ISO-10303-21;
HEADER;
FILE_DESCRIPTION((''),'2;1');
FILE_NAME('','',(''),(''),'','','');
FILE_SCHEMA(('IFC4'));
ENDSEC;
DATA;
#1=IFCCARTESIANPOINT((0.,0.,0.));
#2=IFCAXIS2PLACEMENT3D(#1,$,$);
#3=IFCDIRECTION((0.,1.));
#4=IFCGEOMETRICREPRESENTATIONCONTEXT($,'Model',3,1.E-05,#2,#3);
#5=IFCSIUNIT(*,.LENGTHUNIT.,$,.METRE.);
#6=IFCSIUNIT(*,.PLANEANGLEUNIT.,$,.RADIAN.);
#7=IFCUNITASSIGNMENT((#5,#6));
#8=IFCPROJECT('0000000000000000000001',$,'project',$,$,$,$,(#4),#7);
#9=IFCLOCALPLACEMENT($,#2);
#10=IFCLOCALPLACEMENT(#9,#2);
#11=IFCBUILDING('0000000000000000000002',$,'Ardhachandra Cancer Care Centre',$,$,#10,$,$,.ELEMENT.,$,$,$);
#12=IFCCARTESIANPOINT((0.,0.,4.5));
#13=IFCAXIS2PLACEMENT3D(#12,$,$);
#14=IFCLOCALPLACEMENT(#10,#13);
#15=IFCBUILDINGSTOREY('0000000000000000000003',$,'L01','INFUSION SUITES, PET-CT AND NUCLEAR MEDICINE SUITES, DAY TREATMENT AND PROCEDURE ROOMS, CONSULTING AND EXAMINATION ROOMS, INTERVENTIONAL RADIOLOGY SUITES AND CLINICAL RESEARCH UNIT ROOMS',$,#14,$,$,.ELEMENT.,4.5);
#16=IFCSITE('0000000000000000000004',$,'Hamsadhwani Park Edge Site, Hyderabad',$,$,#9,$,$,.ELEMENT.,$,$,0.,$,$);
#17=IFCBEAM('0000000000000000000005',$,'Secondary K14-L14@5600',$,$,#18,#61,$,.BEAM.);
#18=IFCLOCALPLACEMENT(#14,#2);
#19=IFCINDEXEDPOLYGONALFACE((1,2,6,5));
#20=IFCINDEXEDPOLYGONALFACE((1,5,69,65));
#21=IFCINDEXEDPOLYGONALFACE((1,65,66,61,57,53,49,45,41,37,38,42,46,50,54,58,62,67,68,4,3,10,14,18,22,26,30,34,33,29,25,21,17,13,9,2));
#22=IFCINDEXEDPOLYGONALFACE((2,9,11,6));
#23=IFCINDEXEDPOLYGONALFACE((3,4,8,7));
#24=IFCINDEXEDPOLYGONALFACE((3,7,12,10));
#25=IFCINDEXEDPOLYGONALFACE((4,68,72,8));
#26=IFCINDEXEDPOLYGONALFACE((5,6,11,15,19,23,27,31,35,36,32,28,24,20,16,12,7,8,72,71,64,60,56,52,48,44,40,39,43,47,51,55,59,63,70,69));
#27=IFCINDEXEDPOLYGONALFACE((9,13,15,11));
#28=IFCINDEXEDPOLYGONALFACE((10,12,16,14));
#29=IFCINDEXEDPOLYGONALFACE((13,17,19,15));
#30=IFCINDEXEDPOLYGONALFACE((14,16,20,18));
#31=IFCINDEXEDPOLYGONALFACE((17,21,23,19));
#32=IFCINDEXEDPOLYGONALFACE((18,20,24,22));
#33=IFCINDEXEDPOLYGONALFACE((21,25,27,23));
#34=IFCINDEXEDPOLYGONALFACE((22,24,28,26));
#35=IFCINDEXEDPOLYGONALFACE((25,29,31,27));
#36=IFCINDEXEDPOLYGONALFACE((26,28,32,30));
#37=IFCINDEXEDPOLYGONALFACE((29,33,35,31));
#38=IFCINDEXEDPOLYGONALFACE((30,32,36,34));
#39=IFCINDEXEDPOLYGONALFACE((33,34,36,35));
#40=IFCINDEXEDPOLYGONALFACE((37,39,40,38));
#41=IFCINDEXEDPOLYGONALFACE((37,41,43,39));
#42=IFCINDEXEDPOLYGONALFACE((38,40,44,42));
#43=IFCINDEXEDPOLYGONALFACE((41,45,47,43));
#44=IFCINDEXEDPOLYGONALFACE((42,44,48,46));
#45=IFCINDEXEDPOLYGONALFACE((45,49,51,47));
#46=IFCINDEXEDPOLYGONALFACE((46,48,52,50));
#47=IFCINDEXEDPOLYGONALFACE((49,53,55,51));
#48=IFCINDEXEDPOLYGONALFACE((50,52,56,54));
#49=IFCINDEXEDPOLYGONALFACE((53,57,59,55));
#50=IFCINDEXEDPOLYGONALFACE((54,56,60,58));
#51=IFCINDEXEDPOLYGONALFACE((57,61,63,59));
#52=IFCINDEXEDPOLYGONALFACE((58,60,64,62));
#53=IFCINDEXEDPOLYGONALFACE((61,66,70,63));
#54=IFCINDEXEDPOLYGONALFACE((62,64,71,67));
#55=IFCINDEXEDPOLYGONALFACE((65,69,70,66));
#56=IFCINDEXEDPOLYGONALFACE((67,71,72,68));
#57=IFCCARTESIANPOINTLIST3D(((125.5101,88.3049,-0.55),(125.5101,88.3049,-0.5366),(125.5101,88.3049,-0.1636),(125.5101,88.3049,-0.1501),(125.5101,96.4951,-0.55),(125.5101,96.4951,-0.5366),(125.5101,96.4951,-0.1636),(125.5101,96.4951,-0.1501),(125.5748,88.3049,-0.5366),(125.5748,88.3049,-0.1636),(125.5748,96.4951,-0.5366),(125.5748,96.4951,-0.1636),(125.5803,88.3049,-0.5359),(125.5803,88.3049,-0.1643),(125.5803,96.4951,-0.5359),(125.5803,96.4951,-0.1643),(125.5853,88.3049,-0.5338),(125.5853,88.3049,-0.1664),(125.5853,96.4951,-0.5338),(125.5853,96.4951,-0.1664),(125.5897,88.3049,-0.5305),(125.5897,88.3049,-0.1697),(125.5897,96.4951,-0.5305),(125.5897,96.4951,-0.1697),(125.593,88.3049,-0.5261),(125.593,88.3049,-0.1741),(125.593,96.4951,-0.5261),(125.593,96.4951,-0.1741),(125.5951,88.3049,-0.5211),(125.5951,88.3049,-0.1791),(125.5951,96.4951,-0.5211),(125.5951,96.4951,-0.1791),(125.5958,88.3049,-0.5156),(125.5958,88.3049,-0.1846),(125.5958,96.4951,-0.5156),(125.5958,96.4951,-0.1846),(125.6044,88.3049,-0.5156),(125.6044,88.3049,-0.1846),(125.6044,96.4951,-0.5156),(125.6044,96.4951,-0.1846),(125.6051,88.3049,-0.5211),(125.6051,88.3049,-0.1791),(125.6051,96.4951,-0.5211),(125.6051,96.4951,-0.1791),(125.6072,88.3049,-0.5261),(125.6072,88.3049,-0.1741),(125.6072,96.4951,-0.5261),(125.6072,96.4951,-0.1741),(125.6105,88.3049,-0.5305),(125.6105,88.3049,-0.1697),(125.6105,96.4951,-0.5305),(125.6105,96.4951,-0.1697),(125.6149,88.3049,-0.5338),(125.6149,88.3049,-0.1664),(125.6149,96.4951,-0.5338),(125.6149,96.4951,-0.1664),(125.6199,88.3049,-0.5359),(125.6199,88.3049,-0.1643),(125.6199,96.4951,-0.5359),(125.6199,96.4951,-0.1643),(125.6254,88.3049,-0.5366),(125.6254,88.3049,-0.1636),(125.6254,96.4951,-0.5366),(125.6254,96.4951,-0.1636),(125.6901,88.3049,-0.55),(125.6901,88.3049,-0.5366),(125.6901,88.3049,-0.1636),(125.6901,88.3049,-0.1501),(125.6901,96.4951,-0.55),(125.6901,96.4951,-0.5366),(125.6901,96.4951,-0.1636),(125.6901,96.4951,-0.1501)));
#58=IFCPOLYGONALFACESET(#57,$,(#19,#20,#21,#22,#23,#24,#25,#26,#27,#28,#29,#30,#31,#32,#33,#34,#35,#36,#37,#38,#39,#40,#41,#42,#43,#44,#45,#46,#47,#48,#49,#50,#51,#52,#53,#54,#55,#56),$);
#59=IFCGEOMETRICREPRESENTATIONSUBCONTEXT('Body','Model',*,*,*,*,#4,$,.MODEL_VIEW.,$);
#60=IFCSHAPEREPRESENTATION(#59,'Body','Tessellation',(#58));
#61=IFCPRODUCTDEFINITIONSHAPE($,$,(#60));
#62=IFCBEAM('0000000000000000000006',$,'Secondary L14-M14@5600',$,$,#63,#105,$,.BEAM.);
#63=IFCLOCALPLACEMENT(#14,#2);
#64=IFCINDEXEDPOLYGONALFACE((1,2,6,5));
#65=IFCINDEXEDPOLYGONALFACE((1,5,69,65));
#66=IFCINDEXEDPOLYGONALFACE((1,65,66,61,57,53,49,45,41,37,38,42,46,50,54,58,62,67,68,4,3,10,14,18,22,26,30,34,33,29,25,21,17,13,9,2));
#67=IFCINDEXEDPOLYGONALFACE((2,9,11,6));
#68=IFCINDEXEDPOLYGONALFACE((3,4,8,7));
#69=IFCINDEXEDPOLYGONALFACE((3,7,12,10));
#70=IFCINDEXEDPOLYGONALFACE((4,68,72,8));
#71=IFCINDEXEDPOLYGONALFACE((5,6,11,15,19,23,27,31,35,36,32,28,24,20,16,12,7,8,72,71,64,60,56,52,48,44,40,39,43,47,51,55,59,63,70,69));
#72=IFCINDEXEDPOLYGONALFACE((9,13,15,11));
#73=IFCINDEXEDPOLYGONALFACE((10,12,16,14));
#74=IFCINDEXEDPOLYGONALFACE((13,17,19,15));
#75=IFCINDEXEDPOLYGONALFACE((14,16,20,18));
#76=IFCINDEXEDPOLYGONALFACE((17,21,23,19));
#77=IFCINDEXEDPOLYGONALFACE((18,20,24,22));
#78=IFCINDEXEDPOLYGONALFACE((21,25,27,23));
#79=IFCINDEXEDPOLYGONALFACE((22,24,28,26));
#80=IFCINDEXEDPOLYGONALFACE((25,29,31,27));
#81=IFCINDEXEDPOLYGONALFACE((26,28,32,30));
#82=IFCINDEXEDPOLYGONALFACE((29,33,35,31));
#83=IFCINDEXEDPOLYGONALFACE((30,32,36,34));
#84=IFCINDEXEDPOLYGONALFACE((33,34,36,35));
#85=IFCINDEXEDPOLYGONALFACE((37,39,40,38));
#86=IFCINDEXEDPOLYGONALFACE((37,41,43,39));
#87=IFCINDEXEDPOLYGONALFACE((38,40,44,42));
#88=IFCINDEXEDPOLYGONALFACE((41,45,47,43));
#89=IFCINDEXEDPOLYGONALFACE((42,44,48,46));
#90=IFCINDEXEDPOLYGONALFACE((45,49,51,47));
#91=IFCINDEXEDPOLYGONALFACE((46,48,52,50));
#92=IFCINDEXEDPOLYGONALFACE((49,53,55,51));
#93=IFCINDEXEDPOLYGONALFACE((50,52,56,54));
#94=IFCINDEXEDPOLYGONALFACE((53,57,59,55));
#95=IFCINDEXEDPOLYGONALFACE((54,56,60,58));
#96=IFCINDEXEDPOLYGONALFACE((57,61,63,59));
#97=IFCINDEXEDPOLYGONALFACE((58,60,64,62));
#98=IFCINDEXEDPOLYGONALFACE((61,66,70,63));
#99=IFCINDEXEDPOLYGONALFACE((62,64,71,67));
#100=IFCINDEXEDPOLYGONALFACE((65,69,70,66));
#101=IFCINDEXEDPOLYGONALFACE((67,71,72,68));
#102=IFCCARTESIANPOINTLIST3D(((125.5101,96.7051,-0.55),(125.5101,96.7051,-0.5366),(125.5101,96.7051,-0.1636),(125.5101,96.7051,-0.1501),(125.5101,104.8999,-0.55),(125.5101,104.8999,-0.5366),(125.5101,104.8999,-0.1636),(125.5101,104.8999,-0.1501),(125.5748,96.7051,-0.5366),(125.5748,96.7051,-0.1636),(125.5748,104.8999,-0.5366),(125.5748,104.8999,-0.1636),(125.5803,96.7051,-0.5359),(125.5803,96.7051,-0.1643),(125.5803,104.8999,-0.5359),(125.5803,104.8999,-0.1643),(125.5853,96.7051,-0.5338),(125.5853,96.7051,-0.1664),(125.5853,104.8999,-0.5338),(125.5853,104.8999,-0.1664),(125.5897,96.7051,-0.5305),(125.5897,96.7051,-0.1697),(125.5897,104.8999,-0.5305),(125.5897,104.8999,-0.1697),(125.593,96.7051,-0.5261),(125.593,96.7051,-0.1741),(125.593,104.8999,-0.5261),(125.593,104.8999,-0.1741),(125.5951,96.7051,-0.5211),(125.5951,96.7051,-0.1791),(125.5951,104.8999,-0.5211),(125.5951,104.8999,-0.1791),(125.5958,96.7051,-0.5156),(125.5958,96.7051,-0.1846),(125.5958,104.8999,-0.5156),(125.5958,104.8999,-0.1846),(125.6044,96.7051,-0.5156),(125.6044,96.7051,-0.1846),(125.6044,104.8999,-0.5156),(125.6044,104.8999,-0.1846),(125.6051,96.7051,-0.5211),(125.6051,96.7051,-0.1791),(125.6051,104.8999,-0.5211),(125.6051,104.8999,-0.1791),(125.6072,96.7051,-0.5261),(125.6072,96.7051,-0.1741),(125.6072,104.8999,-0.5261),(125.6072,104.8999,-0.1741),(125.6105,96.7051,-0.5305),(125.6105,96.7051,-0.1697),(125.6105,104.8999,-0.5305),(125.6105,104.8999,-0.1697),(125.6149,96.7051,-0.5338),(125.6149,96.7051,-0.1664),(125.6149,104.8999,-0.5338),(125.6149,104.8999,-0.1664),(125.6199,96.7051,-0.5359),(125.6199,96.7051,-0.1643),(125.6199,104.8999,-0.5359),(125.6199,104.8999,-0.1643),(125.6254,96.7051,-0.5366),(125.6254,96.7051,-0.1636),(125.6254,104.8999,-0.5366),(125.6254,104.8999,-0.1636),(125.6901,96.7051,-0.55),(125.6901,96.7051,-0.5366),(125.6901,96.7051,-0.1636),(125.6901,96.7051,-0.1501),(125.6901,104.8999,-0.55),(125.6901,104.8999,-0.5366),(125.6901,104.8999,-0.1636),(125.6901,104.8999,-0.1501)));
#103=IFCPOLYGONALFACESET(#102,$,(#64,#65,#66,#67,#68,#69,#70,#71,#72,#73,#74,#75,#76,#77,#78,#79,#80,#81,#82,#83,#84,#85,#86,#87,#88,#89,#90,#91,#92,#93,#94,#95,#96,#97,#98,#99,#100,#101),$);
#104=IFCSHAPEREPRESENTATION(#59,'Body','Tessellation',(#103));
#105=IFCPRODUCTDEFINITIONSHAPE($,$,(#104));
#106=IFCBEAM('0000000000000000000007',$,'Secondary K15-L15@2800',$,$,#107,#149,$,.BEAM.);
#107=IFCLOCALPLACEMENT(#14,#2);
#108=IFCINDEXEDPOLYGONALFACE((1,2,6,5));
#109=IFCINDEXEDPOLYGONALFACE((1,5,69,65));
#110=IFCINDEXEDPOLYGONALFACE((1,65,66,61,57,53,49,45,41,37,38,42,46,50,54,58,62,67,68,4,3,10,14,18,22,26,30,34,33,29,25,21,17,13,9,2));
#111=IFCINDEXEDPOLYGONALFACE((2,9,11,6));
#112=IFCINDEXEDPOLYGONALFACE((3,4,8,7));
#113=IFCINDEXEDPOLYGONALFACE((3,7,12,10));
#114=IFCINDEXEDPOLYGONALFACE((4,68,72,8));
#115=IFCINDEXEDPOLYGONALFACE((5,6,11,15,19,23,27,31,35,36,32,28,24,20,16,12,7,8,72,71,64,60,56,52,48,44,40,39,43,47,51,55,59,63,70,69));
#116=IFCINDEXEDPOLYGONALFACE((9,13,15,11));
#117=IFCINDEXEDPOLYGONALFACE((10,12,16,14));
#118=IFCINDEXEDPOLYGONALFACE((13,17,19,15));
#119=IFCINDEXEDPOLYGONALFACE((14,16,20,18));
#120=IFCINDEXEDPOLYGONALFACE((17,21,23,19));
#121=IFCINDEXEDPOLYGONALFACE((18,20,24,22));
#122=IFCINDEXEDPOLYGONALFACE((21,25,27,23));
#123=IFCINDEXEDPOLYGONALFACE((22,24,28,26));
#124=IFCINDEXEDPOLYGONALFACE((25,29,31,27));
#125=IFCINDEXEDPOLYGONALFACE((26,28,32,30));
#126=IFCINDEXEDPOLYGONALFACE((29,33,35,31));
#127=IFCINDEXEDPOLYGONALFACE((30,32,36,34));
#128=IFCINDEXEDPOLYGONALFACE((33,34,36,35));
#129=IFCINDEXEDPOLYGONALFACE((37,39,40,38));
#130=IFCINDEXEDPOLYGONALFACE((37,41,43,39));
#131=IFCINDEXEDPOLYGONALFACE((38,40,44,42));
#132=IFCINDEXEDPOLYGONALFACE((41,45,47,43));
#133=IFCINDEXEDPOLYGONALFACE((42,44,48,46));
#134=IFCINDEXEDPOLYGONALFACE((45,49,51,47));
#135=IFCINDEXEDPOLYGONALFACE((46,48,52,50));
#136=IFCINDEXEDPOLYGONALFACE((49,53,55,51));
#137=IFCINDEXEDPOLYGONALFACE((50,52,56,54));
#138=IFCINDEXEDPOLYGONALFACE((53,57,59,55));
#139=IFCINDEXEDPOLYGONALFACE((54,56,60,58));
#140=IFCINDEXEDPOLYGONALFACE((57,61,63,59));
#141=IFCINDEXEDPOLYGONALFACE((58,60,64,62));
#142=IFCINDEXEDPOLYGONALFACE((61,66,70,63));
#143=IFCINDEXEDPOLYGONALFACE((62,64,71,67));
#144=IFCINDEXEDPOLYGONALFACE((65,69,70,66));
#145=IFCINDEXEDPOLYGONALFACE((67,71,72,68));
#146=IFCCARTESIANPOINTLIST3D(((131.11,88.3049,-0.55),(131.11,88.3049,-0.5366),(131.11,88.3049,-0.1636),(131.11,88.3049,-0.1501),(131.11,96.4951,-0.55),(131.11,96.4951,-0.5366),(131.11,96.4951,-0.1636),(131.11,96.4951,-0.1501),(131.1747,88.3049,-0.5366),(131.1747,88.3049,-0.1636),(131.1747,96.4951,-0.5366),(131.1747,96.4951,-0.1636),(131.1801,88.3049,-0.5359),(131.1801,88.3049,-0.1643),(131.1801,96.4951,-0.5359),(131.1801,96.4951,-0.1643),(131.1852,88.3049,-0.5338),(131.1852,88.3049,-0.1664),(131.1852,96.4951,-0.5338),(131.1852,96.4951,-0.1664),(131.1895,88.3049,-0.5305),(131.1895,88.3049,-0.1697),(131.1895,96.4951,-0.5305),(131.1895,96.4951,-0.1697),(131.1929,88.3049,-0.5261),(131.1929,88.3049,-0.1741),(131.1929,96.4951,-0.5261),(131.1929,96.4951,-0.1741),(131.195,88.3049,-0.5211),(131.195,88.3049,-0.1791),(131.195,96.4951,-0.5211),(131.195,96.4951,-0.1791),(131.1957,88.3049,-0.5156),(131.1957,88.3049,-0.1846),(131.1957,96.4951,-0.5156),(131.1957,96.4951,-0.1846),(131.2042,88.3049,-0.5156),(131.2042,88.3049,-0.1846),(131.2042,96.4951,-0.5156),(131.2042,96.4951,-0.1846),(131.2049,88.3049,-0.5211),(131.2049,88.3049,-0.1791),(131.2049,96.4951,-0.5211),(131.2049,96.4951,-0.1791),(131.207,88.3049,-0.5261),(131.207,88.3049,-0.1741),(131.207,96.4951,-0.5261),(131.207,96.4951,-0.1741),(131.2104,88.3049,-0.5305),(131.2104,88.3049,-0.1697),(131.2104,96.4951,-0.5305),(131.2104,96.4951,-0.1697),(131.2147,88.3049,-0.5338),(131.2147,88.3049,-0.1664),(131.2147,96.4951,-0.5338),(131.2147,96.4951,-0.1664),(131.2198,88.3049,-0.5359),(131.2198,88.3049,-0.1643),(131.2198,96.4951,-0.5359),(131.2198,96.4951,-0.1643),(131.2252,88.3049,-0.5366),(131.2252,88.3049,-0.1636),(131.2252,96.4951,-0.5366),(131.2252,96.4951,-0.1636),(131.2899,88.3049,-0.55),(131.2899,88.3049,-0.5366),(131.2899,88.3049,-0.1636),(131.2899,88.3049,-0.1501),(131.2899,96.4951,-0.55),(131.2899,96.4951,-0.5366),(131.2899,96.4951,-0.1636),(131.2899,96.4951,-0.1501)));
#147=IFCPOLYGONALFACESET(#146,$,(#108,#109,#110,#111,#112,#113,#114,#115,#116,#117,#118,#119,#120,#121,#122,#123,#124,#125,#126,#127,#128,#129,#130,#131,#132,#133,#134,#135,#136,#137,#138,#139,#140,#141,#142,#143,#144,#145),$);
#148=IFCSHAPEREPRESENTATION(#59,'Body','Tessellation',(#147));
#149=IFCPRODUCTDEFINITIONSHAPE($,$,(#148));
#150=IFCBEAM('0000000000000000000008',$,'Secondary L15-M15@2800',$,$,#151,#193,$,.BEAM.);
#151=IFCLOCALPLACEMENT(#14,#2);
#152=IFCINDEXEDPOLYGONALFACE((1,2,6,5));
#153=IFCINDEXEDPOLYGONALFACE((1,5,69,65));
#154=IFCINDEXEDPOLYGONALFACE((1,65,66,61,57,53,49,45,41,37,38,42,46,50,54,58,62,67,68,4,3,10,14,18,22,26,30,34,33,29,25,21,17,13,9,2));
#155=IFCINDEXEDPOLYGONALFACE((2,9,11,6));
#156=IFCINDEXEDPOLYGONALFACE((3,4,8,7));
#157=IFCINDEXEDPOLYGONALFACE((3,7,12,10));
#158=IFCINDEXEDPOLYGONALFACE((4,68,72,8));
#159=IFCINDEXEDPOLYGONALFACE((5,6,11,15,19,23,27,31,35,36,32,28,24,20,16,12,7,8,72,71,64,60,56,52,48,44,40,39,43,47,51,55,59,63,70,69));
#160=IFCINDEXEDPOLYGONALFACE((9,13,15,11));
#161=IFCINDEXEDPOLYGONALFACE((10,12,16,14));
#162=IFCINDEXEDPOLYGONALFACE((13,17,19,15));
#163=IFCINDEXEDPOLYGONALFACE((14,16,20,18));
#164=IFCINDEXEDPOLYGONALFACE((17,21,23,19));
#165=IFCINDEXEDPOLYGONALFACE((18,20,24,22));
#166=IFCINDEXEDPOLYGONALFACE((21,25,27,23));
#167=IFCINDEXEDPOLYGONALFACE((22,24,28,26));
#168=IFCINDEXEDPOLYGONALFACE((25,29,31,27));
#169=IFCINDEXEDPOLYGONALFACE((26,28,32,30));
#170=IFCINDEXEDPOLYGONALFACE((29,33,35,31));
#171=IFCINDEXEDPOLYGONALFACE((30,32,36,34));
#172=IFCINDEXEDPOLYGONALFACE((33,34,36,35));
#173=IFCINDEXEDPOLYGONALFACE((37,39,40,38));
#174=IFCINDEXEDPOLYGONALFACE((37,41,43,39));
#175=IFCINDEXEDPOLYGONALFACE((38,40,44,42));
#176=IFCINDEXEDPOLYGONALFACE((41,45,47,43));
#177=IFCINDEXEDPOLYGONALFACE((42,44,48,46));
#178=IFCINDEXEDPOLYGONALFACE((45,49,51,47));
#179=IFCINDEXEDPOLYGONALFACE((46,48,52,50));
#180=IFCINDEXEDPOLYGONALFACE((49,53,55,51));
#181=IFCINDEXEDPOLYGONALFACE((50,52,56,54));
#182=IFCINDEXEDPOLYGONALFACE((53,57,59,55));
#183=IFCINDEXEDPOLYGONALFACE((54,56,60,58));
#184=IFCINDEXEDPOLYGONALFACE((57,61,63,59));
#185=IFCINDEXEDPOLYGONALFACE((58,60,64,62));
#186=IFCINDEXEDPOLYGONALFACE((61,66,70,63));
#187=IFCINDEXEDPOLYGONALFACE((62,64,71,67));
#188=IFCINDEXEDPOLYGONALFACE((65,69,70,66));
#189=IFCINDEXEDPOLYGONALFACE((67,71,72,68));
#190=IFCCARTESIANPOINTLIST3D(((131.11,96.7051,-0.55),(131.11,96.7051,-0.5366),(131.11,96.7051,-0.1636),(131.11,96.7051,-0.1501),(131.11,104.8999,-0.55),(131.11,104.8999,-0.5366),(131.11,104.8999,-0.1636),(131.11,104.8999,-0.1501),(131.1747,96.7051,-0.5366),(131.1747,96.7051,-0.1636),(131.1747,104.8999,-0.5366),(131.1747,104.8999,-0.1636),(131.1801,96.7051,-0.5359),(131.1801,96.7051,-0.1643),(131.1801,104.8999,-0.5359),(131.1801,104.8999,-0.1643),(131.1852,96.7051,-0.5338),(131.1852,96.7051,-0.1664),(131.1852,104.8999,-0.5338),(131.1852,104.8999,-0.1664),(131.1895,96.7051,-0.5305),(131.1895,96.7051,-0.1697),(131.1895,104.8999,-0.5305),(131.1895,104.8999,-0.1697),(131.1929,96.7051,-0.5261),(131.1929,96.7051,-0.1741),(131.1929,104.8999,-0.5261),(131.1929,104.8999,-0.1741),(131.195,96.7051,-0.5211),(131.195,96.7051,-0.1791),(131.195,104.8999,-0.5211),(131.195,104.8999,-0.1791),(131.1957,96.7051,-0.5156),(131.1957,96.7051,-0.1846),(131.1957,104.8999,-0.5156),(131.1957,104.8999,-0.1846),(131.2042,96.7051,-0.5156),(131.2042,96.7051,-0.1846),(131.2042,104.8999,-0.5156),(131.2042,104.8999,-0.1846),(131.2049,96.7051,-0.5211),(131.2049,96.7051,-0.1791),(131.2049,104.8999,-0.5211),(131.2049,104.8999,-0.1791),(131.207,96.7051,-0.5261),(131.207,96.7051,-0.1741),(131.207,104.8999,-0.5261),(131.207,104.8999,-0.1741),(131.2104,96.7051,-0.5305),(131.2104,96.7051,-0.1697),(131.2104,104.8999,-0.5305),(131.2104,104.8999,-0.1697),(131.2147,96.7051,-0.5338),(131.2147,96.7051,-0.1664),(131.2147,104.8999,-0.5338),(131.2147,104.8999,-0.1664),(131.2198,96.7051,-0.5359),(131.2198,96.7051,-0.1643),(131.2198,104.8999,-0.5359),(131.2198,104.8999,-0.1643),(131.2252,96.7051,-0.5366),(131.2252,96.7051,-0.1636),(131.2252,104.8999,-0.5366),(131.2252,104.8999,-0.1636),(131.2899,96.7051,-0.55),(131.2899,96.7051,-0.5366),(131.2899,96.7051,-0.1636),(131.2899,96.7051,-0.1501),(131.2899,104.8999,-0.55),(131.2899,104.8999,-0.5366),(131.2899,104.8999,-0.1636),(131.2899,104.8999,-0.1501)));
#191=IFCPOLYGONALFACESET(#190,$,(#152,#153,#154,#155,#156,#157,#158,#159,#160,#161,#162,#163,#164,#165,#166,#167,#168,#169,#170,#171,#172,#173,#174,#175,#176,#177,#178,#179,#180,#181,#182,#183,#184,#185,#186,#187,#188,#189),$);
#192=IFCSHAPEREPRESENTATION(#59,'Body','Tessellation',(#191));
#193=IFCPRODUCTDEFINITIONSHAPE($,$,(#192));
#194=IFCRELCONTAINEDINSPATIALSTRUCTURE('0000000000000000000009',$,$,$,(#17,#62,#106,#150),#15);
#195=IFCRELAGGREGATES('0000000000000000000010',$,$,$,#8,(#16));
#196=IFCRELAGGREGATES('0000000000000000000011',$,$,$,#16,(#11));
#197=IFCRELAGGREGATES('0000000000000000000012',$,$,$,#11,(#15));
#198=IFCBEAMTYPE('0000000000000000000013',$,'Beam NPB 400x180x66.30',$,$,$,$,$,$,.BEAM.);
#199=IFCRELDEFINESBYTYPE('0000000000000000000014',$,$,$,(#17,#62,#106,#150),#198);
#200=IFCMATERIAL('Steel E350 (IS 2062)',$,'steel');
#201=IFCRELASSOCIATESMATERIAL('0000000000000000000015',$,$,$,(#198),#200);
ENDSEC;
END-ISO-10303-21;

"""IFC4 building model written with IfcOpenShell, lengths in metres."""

from ifc_helpers import new_model, si_unit, direction, frame, origin, origin_2d, place, context, subcontext, project, spatial, i_section, extrude, material, material_profile, profile_set, type_object, element, save


model = new_model("IFC4")

# Units and contexts
model_context = context("Model", 3, precision=1e-05, world=origin(), true_north=direction((0.0, 1.0)))
body_context = subcontext(model_context, "Body", "Model", "MODEL_VIEW")
ifc_project = project(units=[si_unit("LENGTHUNIT", "METRE"), si_unit("PLANEANGLEUNIT", "RADIAN")], contexts=[model_context])

# Site, building, storey
site_placement = place(None, origin())
site = spatial("IfcSite", under=ifc_project, at=site_placement, Name="Hamsadhwani Park Edge Site, Hyderabad", CompositionType="ELEMENT", RefElevation=0.0)
building_placement = place(site_placement, origin())
building = spatial("IfcBuilding", under=site, at=building_placement, Name="Ardhachandra Cancer Care Centre", CompositionType="ELEMENT")
storey_placement = place(building_placement, frame((0.0, 0.0, 4.5)))
storey = spatial("IfcBuildingStorey", under=building, at=storey_placement, Name="L01", Description="INFUSION SUITES, PET-CT AND NUCLEAR MEDICINE SUITES, DAY TREATMENT AND PROCEDURE ROOMS, CONSULTING AND EXAMINATION ROOMS, INTERVENTIONAL RADIOLOGY SUITES AND CLINICAL RESEARCH UNIT ROOMS", CompositionType="ELEMENT", Elevation=4.5)

# Beams
ifc_material_1 = material(Name="Steel E350 (IS 2062)", Category="steel")
ifc_material_profile_1 = material_profile(ifc_material_1, i_section(OverallWidth=0.1799, OverallDepth=0.3999, WebThickness=0.0085, FlangeThickness=0.0134, FilletRadius=0.021, at=origin_2d()), Name="NPB 400x180x66.30")
ifc_profile_set_1 = profile_set([ifc_material_profile_1], Name="Steel E350 (IS 2062)")
beam_type_1 = type_object("IfcBeamType", Name="Beam NPB 400x180x66.30", PredefinedType="BEAM", material=ifc_profile_set_1)
beam_1_placement = place(storey_placement, frame((125.6001, 88.3049, -0.3501), z_axis=(0.0, 1.0, 0.0), x_axis=(-1.0, 0.0, 0.0)))
element("IfcBeam", 1, at=beam_1_placement, inside=storey, type_object=beam_type_1, Name="Secondary K14-L14@5600", PredefinedType="BEAM", context=body_context, shape_type="SweptSolid", body=[
    extrude(i_section(OverallWidth=0.1799, OverallDepth=0.3999, WebThickness=0.0085, FlangeThickness=0.0134, FilletRadius=0.021, at=origin_2d()), origin(), (0.0, 0.0, 1.0), 8.1902),
])
beam_2_placement = place(storey_placement, frame((125.6001, 96.7051, -0.3501), z_axis=(0.0, 1.0, 0.0), x_axis=(-1.0, 0.0, 0.0)))
element("IfcBeam", 2, at=beam_2_placement, inside=storey, type_object=beam_type_1, Name="Secondary L14-M14@5600", PredefinedType="BEAM", context=body_context, shape_type="SweptSolid", body=[
    extrude(i_section(OverallWidth=0.1799, OverallDepth=0.3999, WebThickness=0.0085, FlangeThickness=0.0134, FilletRadius=0.021, at=origin_2d()), origin(), (0.0, 0.0, 1.0), 8.1948),
])
beam_3_placement = place(storey_placement, frame((131.2, 88.3049, -0.3501), z_axis=(0.0, 1.0, 0.0), x_axis=(-1.0, 0.0, 0.0)))
element("IfcBeam", 3, at=beam_3_placement, inside=storey, type_object=beam_type_1, Name="Secondary K15-L15@2800", PredefinedType="BEAM", context=body_context, shape_type="SweptSolid", body=[
    extrude(i_section(OverallWidth=0.1799, OverallDepth=0.3999, WebThickness=0.0085, FlangeThickness=0.0134, FilletRadius=0.021, at=origin_2d()), origin(), (0.0, 0.0, 1.0), 8.1902),
])
beam_4_placement = place(storey_placement, frame((131.2, 96.7051, -0.3501), z_axis=(0.0, 1.0, 0.0), x_axis=(-1.0, 0.0, 0.0)))
element("IfcBeam", 4, at=beam_4_placement, inside=storey, type_object=beam_type_1, Name="Secondary L15-M15@2800", PredefinedType="BEAM", context=body_context, shape_type="SweptSolid", body=[
    extrude(i_section(OverallWidth=0.1799, OverallDepth=0.3999, WebThickness=0.0085, FlangeThickness=0.0134, FilletRadius=0.021, at=origin_2d()), origin(), (0.0, 0.0, 1.0), 8.1948),
])

save(model, "model.ifc")
